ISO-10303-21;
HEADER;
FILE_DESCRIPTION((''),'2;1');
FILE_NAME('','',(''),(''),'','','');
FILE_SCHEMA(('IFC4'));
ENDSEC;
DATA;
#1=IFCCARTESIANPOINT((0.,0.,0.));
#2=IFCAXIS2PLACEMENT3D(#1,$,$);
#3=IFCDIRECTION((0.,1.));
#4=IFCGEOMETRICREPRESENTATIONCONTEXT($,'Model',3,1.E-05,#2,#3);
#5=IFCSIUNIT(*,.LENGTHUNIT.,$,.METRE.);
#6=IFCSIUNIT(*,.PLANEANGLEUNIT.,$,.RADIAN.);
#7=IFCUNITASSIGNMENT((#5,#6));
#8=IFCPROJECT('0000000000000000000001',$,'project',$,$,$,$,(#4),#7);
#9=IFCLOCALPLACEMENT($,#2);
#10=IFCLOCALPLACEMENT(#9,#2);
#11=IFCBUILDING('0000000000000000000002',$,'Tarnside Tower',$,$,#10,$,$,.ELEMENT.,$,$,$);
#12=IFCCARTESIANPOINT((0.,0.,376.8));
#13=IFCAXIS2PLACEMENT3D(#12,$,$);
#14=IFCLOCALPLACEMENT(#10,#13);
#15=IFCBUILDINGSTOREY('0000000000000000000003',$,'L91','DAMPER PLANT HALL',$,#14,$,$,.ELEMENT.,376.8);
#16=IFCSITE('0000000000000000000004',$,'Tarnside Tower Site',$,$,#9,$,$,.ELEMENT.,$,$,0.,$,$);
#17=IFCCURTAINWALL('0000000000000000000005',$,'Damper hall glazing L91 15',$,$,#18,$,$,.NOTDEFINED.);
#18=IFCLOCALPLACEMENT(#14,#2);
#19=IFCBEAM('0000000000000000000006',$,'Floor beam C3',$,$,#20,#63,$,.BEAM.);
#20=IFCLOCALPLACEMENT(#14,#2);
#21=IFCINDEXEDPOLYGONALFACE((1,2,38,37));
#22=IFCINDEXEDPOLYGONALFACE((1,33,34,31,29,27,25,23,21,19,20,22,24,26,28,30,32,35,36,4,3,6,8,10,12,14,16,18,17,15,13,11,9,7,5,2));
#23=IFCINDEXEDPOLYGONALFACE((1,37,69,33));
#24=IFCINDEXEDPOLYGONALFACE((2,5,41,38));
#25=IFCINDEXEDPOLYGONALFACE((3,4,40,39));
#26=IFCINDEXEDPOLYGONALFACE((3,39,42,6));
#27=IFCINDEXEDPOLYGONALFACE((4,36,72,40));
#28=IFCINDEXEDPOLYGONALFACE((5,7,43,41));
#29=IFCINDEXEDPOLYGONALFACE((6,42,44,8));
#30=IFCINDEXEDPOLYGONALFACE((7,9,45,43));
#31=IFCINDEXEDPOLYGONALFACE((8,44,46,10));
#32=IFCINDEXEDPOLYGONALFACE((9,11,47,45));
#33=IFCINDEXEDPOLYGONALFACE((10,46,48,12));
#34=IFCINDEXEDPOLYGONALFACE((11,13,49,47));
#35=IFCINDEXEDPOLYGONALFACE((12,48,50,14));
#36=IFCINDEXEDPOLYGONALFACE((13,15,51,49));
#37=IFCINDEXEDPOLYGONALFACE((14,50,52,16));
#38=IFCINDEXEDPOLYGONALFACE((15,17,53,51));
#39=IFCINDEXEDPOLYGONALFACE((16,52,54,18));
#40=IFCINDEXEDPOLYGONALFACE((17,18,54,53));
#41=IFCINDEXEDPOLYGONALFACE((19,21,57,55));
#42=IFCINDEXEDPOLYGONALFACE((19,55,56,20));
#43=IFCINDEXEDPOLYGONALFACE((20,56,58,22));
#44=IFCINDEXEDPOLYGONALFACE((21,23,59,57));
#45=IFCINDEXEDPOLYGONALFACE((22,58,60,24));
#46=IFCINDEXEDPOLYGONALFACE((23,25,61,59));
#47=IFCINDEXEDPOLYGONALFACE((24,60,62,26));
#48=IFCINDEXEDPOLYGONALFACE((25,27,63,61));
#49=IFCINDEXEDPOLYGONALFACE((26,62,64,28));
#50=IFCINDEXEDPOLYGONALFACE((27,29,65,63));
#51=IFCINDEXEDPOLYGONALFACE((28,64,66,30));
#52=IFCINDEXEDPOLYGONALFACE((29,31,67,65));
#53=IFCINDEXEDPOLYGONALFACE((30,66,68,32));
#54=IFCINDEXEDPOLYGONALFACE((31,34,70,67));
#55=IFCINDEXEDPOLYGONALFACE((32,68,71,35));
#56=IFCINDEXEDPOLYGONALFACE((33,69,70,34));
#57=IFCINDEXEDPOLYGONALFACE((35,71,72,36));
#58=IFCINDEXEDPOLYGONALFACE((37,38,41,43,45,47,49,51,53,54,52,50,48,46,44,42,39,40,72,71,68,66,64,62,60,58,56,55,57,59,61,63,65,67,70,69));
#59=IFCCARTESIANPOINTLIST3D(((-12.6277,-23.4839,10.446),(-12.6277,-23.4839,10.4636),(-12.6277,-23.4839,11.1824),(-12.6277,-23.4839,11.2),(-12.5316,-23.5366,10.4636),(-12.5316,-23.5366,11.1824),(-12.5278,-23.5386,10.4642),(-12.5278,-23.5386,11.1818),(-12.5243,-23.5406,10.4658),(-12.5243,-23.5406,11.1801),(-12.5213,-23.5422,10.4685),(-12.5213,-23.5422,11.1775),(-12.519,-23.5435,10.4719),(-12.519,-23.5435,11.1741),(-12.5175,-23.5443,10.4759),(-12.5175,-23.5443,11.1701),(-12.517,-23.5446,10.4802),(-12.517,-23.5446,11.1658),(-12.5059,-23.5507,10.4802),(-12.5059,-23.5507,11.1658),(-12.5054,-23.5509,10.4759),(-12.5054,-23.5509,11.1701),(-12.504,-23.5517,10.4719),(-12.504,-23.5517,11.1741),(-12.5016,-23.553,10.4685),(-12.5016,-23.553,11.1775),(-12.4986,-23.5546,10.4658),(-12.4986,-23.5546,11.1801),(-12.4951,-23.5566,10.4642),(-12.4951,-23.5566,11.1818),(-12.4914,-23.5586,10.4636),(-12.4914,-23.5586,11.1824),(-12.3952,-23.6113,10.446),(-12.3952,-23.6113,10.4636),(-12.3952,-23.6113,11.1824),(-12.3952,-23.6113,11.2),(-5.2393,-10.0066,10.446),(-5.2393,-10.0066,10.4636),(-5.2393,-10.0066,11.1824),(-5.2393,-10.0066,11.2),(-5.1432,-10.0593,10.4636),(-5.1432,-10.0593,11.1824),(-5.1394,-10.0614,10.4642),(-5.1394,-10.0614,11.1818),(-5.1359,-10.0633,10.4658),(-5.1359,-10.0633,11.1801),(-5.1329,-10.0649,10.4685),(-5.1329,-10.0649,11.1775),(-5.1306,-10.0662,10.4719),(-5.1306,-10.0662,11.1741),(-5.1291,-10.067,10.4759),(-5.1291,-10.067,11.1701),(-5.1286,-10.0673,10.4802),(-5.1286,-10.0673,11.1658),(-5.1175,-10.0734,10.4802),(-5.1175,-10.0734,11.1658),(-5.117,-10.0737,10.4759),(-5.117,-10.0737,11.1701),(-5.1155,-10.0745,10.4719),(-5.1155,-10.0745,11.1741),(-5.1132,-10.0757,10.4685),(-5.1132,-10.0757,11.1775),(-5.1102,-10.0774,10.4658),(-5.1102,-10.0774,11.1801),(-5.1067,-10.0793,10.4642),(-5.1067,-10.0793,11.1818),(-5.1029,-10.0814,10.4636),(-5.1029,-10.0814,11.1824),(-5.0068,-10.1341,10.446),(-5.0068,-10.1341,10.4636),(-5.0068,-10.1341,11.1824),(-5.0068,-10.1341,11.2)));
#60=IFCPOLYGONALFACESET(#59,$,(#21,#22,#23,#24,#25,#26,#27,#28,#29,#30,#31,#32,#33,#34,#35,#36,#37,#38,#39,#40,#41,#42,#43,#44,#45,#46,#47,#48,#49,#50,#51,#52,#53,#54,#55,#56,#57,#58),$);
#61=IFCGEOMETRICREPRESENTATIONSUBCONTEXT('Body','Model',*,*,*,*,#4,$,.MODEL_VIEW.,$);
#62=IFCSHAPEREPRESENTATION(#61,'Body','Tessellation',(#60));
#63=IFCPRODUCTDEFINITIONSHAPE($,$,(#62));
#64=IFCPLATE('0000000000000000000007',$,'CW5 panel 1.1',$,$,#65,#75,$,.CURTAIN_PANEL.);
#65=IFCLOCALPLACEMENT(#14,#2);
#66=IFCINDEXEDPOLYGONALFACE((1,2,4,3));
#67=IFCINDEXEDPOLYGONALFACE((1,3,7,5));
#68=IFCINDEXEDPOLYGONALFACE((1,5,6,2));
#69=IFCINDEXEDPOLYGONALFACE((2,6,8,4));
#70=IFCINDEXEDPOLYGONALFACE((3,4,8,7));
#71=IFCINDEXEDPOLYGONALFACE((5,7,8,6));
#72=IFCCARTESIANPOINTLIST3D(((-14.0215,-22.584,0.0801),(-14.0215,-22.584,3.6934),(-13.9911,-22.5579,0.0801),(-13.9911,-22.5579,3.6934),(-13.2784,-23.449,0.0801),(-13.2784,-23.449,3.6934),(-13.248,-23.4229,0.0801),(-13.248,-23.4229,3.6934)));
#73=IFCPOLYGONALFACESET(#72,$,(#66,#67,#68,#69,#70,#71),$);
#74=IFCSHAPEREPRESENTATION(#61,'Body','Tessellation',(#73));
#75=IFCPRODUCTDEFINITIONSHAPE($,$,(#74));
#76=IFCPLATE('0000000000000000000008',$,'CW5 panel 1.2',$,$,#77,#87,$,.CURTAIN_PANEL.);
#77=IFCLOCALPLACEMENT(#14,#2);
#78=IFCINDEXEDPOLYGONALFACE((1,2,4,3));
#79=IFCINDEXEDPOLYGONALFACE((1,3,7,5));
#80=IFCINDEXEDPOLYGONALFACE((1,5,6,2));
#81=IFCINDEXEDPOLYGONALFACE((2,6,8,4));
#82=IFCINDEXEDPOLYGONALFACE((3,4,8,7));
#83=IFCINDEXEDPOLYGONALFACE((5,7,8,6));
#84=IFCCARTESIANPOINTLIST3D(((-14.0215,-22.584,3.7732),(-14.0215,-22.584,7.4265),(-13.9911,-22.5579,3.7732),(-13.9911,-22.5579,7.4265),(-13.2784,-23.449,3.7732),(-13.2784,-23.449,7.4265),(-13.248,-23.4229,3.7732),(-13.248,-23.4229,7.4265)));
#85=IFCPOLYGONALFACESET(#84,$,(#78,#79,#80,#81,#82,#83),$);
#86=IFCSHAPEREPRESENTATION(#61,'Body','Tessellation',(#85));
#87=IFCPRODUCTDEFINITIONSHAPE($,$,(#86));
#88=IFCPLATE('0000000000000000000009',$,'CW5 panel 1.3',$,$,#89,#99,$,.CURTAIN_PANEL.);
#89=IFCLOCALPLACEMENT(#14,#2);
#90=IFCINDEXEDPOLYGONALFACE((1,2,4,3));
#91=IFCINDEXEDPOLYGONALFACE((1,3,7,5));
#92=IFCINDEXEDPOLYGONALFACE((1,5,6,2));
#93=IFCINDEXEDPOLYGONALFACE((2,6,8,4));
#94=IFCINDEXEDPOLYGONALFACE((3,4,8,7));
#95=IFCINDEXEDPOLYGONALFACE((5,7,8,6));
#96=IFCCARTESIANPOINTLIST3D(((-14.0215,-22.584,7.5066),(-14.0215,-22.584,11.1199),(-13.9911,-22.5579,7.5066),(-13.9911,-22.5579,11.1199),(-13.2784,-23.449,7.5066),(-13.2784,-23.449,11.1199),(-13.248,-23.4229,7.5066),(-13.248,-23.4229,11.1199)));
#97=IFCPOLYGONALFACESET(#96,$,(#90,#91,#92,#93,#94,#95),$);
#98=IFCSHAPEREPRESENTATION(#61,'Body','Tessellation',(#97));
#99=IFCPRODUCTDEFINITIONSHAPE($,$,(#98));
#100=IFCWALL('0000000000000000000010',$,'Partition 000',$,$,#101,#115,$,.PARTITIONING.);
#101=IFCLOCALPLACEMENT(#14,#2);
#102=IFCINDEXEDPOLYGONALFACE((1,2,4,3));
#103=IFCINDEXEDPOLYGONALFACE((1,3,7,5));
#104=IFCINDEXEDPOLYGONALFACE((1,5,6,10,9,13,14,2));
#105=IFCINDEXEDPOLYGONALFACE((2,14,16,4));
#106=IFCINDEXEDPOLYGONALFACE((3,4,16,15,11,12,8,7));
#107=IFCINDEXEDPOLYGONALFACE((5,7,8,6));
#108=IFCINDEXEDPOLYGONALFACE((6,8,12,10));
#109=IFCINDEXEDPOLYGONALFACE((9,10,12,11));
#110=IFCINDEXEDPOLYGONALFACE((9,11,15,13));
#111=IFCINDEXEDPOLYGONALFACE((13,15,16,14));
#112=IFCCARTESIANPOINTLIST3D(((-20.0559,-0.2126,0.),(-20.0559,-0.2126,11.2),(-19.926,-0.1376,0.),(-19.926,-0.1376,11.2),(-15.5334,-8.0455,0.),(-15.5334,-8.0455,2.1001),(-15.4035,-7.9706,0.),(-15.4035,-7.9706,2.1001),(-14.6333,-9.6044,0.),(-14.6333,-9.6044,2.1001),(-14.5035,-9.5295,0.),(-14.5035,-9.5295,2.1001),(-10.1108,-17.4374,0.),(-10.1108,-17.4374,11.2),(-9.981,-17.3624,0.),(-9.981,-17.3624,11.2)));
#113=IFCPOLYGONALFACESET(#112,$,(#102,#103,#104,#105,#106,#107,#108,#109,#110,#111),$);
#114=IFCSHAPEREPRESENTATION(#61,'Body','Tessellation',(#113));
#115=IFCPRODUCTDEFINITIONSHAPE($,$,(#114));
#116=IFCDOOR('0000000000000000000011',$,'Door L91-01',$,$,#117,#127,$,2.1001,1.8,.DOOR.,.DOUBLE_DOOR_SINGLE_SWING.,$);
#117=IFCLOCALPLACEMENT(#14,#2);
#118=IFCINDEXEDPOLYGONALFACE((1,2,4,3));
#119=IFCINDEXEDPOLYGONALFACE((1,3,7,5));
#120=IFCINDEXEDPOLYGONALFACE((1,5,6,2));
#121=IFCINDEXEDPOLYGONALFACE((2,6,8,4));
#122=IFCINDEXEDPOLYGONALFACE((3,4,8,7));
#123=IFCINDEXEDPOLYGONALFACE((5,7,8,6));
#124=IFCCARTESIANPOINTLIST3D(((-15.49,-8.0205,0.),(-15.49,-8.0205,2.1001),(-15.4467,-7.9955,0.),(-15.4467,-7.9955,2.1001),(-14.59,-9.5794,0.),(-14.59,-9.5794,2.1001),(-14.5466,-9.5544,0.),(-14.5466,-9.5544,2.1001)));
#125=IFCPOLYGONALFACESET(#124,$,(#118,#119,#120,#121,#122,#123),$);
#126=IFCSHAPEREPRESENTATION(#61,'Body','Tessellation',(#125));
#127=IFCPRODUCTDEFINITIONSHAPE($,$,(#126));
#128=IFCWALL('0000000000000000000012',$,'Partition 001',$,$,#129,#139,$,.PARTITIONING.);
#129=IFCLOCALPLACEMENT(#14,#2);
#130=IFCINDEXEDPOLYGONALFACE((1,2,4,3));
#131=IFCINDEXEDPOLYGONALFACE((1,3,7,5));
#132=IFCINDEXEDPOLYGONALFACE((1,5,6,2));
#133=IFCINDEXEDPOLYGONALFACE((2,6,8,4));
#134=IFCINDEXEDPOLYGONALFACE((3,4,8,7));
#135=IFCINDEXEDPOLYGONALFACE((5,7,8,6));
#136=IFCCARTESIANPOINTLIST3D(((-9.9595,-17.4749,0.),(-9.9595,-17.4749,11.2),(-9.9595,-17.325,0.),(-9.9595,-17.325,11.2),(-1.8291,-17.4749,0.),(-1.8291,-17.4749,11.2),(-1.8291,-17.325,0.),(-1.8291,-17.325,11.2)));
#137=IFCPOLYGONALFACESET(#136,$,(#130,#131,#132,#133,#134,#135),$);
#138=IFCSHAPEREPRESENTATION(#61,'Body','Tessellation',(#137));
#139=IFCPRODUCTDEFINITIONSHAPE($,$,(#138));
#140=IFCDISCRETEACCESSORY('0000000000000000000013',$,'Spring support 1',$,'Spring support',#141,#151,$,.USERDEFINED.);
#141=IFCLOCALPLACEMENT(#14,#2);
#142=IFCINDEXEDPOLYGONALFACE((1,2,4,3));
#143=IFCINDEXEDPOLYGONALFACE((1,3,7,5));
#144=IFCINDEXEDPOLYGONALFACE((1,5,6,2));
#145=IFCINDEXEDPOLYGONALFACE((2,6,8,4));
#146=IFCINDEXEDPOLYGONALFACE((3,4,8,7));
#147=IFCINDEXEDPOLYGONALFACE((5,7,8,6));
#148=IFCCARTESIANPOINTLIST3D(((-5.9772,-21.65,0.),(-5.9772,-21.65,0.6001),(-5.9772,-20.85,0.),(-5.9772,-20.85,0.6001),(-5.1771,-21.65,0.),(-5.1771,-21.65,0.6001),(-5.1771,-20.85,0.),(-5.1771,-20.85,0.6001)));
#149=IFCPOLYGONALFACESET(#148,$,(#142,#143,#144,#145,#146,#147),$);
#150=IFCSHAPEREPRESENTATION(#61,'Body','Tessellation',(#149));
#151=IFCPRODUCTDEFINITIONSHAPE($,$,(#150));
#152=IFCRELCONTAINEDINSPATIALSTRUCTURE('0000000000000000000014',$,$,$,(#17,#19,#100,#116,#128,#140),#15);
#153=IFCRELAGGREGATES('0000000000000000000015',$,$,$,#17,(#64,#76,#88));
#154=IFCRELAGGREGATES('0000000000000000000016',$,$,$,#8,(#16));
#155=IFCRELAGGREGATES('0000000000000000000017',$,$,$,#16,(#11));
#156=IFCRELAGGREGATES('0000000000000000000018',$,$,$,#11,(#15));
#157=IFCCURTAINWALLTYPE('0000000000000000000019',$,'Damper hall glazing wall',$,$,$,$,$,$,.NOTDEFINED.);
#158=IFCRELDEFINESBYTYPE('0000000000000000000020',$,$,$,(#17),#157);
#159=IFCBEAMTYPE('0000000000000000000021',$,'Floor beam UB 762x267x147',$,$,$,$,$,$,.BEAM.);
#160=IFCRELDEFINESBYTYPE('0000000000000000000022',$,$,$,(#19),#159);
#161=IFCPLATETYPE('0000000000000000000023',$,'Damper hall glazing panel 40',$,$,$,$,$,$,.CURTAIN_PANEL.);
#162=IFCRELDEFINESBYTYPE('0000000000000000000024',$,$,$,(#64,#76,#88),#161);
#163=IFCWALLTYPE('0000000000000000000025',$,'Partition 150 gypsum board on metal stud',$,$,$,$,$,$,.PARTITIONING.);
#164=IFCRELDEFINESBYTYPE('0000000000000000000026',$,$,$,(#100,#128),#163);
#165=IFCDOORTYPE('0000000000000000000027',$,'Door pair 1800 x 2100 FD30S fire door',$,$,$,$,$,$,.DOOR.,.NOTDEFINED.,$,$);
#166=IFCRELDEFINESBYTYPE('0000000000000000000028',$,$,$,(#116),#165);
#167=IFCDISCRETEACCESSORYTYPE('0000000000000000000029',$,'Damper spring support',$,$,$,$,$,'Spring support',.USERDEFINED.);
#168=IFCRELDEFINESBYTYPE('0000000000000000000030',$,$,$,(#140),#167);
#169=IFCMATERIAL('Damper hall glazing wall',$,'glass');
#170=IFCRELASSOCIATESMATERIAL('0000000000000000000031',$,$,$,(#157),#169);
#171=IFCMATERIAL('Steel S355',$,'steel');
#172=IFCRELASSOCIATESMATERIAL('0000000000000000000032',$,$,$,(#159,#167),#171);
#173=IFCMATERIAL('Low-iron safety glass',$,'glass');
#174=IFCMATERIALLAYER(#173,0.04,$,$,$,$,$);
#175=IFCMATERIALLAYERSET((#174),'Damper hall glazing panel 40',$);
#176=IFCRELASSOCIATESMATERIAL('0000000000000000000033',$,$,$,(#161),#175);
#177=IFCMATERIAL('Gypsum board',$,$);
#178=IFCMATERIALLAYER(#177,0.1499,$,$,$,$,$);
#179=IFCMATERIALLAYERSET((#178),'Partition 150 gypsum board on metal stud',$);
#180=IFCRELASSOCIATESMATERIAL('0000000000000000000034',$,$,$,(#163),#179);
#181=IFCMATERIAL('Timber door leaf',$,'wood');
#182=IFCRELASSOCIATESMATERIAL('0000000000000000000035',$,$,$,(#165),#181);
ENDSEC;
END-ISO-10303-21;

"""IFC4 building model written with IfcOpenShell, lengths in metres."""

from ifc_helpers import new_model, si_unit, direction, frame, frame_2d, origin, origin_2d, place, context, subcontext, project, spatial, rectangle, i_section, extrude, material, layer, layer_set, material_profile, profile_set, type_object, element, fill, aggregate, save


model = new_model("IFC4")

# Units and contexts
model_context = context("Model", 3, precision=1e-05, world=origin(), true_north=direction((0.0, 1.0)))
body_context = subcontext(model_context, "Body", "Model", "MODEL_VIEW")
ifc_project = project(units=[si_unit("LENGTHUNIT", "METRE"), si_unit("PLANEANGLEUNIT", "RADIAN")], contexts=[model_context])

# Site, building, storey
site_placement = place(None, origin())
site = spatial("IfcSite", under=ifc_project, at=site_placement, Name="Tarnside Tower Site", CompositionType="ELEMENT", RefElevation=0.0)
building_placement = place(site_placement, origin())
building = spatial("IfcBuilding", under=site, at=building_placement, Name="Tarnside Tower", CompositionType="ELEMENT")
storey_placement = place(building_placement, frame((0.0, 0.0, 376.8)))
storey = spatial("IfcBuildingStorey", under=building, at=storey_placement, Name="L91", Description="DAMPER PLANT HALL", CompositionType="ELEMENT", Elevation=376.8)

# Shared definitions
ifc_material_1 = material(Name="Damper hall glazing wall", Category="glass")
curtain_wall_type = type_object("IfcCurtainWallType", Name="Damper hall glazing wall", PredefinedType="NOTDEFINED", material=ifc_material_1)

# Curtain wall
curtain_wall_1_placement = place(storey_placement, origin())
curtain_wall_1 = element("IfcCurtainWall", 1, at=curtain_wall_1_placement, inside=storey, type_object=curtain_wall_type, Name="Damper hall glazing L91 15", PredefinedType="NOTDEFINED")

# Beam
ifc_material_2 = material(Name="Steel S355", Category="steel")
ifc_material_profile_1 = material_profile(ifc_material_2, i_section(OverallWidth=0.2651, OverallDepth=0.7539, WebThickness=0.0127, FlangeThickness=0.0176, FilletRadius=0.0166, at=origin_2d()), Name="UB 762x267x147")
ifc_profile_set_1 = profile_set([ifc_material_profile_1], Name="Steel S355")
beam_type = type_object("IfcBeamType", Name="Floor beam UB 762x267x147", PredefinedType="BEAM", material=ifc_profile_set_1)
beam_placement = place(storey_placement, frame((-12.5115, -23.5476, 10.823), z_axis=(0.480715, 0.876877, 0.0), x_axis=(-0.876877, 0.480715, 0.0)))
element("IfcBeam", 2, at=beam_placement, inside=storey, type_object=beam_type, Name="Floor beam C3", PredefinedType="BEAM", context=body_context, shape_type="SweptSolid", body=[
    extrude(i_section(OverallWidth=0.2651, OverallDepth=0.7539, WebThickness=0.0127, FlangeThickness=0.0176, FilletRadius=0.0166, at=origin_2d()), origin(), (0.0, 0.0, 1.0), 15.3696),
])

# Plates
ifc_material_3 = material(Name="Low-iron safety glass", Category="glass")
ifc_layer_1 = layer(ifc_material_3, 0.04)
ifc_layer_set_1 = layer_set([ifc_layer_1], Name="Damper hall glazing panel 40")
plate_type = type_object("IfcPlateType", Name="Damper hall glazing panel 40", PredefinedType="CURTAIN_PANEL", material=ifc_layer_set_1)
plate_1_placement = place(storey_placement, frame((-13.6348, -23.0034, 0.0801), z_axis=(0.0, 0.0, 1.0), x_axis=(-0.651657, 0.758514, 0.0)))
plate_1 = element("IfcPlate", 3, at=plate_1_placement, type_object=plate_type, Name="CW5 panel 1.1", PredefinedType="CURTAIN_PANEL", context=body_context, shape_type="SweptSolid", body=[
    extrude(rectangle(XDim=1.1404, YDim=0.04, at=origin_2d()), origin(), (0.0, 0.0, 1.0), 3.6133),
])
plate_2_placement = place(storey_placement, frame((-13.6348, -23.0034, 3.7732), z_axis=(0.0, 0.0, 1.0), x_axis=(-0.651657, 0.758514, 0.0)))
plate_2 = element("IfcPlate", 4, at=plate_2_placement, type_object=plate_type, Name="CW5 panel 1.2", PredefinedType="CURTAIN_PANEL", context=body_context, shape_type="SweptSolid", body=[
    extrude(rectangle(XDim=1.1404, YDim=0.04, at=origin_2d()), origin(), (0.0, 0.0, 1.0), 3.6533),
])
plate_3_placement = place(storey_placement, frame((-13.6348, -23.0034, 7.5066), z_axis=(0.0, 0.0, 1.0), x_axis=(-0.651657, 0.758514, 0.0)))
plate_3 = element("IfcPlate", 5, at=plate_3_placement, type_object=plate_type, Name="CW5 panel 1.3", PredefinedType="CURTAIN_PANEL", context=body_context, shape_type="SweptSolid", body=[
    extrude(rectangle(XDim=1.1404, YDim=0.04, at=origin_2d()), origin(), (0.0, 0.0, 1.0), 3.6133),
])
aggregate(curtain_wall_1, [plate_1, plate_2, plate_3])

# Wall, opening, door
ifc_material_4 = material(Name="Gypsum board")
ifc_layer_2 = layer(ifc_material_4, 0.1499)
ifc_layer_set_2 = layer_set([ifc_layer_2], Name="Partition 150 gypsum board on metal stud")
wall_type = type_object("IfcWallType", Name="Partition 150 gypsum board on metal stud", PredefinedType="PARTITIONING", material=ifc_layer_set_2)
wall_1_placement = place(storey_placement, frame((-10.0459, -17.3999, 0.0), z_axis=(0.0, 0.0, 1.0), x_axis=(-0.500011, 0.866019, 0.0)))
wall_1 = element("IfcWall", 6, at=wall_1_placement, inside=storey, type_object=wall_type, Name="Partition 000", PredefinedType="PARTITIONING", context=body_context, shape_type="SweptSolid", body=[
    extrude(rectangle(XDim=19.8896, YDim=0.1499, at=frame_2d((9.9448, 0.0))), origin(), (0.0, 0.0, 1.0), 11.2),
])
opening_placement = place(wall_1_placement, frame((9.0449, 0.0, 0.0)))
opening = element("IfcOpeningElement", 7, at=opening_placement, cuts=wall_1, PredefinedType="OPENING", context=body_context, shape_type="SweptSolid", body=[
    extrude(rectangle(XDim=1.8, YDim=2.1001, at=frame_2d((0.8999, 1.05))), frame((0.0, 0.085, 0.0), z_axis=(0.0, -1.0, 0.0), x_axis=(1.0, 0.0, 0.0)), (0.0, 0.0, 1.0), 0.1699),
])
ifc_material_5 = material(Name="Timber door leaf", Category="wood")
door_type = type_object("IfcDoorType", Name="Door pair 1800 x 2100 FD30S fire door", OperationType="NOTDEFINED", PredefinedType="DOOR", material=ifc_material_5)
door_placement = place(opening_placement, origin())
door = element("IfcDoor", 8, at=door_placement, inside=storey, type_object=door_type, Name="Door L91-01", OperationType="DOUBLE_DOOR_SINGLE_SWING", OverallHeight=2.1001, OverallWidth=1.8, PredefinedType="DOOR", context=body_context, shape_type="SweptSolid", body=[
    extrude(rectangle(XDim=1.8, YDim=2.1001, at=frame_2d((0.8999, 1.05))), frame((0.0, 0.0249, 0.0), z_axis=(0.0, -1.0, 0.0), x_axis=(1.0, 0.0, 0.0)), (0.0, 0.0, 1.0), 0.05),
])
fill(opening, door)

# Wall
wall_2_placement = place(storey_placement, frame((-9.9595, -17.3999, 0.0), z_axis=(0.0, 0.0, 1.0), x_axis=(1.0, 0.0, 0.0)))
element("IfcWall", 9, at=wall_2_placement, inside=storey, type_object=wall_type, Name="Partition 001", PredefinedType="PARTITIONING", context=body_context, shape_type="SweptSolid", body=[
    extrude(rectangle(XDim=8.1304, YDim=0.1499, at=frame_2d((4.0652, 0.0))), origin(), (0.0, 0.0, 1.0), 11.2),
])

# Discrete accessory
discrete_accessory_type = type_object("IfcDiscreteAccessoryType", Name="Damper spring support", ElementType="Spring support", PredefinedType="USERDEFINED", material=ifc_material_2)
discrete_accessory_placement = place(storey_placement, frame((-5.5771, -21.25, 0.0), z_axis=(0.0, 0.0, 1.0), x_axis=(1.0, 0.0, 0.0)))
element("IfcDiscreteAccessory", 10, at=discrete_accessory_placement, inside=storey, type_object=discrete_accessory_type, Name="Spring support 1", ObjectType="Spring support", PredefinedType="USERDEFINED", context=body_context, shape_type="SweptSolid", body=[
    extrude(rectangle(XDim=0.8, YDim=0.8, at=origin_2d()), origin(), (0.0, 0.0, 1.0), 0.6001),
])

save(model, "model.ifc")
